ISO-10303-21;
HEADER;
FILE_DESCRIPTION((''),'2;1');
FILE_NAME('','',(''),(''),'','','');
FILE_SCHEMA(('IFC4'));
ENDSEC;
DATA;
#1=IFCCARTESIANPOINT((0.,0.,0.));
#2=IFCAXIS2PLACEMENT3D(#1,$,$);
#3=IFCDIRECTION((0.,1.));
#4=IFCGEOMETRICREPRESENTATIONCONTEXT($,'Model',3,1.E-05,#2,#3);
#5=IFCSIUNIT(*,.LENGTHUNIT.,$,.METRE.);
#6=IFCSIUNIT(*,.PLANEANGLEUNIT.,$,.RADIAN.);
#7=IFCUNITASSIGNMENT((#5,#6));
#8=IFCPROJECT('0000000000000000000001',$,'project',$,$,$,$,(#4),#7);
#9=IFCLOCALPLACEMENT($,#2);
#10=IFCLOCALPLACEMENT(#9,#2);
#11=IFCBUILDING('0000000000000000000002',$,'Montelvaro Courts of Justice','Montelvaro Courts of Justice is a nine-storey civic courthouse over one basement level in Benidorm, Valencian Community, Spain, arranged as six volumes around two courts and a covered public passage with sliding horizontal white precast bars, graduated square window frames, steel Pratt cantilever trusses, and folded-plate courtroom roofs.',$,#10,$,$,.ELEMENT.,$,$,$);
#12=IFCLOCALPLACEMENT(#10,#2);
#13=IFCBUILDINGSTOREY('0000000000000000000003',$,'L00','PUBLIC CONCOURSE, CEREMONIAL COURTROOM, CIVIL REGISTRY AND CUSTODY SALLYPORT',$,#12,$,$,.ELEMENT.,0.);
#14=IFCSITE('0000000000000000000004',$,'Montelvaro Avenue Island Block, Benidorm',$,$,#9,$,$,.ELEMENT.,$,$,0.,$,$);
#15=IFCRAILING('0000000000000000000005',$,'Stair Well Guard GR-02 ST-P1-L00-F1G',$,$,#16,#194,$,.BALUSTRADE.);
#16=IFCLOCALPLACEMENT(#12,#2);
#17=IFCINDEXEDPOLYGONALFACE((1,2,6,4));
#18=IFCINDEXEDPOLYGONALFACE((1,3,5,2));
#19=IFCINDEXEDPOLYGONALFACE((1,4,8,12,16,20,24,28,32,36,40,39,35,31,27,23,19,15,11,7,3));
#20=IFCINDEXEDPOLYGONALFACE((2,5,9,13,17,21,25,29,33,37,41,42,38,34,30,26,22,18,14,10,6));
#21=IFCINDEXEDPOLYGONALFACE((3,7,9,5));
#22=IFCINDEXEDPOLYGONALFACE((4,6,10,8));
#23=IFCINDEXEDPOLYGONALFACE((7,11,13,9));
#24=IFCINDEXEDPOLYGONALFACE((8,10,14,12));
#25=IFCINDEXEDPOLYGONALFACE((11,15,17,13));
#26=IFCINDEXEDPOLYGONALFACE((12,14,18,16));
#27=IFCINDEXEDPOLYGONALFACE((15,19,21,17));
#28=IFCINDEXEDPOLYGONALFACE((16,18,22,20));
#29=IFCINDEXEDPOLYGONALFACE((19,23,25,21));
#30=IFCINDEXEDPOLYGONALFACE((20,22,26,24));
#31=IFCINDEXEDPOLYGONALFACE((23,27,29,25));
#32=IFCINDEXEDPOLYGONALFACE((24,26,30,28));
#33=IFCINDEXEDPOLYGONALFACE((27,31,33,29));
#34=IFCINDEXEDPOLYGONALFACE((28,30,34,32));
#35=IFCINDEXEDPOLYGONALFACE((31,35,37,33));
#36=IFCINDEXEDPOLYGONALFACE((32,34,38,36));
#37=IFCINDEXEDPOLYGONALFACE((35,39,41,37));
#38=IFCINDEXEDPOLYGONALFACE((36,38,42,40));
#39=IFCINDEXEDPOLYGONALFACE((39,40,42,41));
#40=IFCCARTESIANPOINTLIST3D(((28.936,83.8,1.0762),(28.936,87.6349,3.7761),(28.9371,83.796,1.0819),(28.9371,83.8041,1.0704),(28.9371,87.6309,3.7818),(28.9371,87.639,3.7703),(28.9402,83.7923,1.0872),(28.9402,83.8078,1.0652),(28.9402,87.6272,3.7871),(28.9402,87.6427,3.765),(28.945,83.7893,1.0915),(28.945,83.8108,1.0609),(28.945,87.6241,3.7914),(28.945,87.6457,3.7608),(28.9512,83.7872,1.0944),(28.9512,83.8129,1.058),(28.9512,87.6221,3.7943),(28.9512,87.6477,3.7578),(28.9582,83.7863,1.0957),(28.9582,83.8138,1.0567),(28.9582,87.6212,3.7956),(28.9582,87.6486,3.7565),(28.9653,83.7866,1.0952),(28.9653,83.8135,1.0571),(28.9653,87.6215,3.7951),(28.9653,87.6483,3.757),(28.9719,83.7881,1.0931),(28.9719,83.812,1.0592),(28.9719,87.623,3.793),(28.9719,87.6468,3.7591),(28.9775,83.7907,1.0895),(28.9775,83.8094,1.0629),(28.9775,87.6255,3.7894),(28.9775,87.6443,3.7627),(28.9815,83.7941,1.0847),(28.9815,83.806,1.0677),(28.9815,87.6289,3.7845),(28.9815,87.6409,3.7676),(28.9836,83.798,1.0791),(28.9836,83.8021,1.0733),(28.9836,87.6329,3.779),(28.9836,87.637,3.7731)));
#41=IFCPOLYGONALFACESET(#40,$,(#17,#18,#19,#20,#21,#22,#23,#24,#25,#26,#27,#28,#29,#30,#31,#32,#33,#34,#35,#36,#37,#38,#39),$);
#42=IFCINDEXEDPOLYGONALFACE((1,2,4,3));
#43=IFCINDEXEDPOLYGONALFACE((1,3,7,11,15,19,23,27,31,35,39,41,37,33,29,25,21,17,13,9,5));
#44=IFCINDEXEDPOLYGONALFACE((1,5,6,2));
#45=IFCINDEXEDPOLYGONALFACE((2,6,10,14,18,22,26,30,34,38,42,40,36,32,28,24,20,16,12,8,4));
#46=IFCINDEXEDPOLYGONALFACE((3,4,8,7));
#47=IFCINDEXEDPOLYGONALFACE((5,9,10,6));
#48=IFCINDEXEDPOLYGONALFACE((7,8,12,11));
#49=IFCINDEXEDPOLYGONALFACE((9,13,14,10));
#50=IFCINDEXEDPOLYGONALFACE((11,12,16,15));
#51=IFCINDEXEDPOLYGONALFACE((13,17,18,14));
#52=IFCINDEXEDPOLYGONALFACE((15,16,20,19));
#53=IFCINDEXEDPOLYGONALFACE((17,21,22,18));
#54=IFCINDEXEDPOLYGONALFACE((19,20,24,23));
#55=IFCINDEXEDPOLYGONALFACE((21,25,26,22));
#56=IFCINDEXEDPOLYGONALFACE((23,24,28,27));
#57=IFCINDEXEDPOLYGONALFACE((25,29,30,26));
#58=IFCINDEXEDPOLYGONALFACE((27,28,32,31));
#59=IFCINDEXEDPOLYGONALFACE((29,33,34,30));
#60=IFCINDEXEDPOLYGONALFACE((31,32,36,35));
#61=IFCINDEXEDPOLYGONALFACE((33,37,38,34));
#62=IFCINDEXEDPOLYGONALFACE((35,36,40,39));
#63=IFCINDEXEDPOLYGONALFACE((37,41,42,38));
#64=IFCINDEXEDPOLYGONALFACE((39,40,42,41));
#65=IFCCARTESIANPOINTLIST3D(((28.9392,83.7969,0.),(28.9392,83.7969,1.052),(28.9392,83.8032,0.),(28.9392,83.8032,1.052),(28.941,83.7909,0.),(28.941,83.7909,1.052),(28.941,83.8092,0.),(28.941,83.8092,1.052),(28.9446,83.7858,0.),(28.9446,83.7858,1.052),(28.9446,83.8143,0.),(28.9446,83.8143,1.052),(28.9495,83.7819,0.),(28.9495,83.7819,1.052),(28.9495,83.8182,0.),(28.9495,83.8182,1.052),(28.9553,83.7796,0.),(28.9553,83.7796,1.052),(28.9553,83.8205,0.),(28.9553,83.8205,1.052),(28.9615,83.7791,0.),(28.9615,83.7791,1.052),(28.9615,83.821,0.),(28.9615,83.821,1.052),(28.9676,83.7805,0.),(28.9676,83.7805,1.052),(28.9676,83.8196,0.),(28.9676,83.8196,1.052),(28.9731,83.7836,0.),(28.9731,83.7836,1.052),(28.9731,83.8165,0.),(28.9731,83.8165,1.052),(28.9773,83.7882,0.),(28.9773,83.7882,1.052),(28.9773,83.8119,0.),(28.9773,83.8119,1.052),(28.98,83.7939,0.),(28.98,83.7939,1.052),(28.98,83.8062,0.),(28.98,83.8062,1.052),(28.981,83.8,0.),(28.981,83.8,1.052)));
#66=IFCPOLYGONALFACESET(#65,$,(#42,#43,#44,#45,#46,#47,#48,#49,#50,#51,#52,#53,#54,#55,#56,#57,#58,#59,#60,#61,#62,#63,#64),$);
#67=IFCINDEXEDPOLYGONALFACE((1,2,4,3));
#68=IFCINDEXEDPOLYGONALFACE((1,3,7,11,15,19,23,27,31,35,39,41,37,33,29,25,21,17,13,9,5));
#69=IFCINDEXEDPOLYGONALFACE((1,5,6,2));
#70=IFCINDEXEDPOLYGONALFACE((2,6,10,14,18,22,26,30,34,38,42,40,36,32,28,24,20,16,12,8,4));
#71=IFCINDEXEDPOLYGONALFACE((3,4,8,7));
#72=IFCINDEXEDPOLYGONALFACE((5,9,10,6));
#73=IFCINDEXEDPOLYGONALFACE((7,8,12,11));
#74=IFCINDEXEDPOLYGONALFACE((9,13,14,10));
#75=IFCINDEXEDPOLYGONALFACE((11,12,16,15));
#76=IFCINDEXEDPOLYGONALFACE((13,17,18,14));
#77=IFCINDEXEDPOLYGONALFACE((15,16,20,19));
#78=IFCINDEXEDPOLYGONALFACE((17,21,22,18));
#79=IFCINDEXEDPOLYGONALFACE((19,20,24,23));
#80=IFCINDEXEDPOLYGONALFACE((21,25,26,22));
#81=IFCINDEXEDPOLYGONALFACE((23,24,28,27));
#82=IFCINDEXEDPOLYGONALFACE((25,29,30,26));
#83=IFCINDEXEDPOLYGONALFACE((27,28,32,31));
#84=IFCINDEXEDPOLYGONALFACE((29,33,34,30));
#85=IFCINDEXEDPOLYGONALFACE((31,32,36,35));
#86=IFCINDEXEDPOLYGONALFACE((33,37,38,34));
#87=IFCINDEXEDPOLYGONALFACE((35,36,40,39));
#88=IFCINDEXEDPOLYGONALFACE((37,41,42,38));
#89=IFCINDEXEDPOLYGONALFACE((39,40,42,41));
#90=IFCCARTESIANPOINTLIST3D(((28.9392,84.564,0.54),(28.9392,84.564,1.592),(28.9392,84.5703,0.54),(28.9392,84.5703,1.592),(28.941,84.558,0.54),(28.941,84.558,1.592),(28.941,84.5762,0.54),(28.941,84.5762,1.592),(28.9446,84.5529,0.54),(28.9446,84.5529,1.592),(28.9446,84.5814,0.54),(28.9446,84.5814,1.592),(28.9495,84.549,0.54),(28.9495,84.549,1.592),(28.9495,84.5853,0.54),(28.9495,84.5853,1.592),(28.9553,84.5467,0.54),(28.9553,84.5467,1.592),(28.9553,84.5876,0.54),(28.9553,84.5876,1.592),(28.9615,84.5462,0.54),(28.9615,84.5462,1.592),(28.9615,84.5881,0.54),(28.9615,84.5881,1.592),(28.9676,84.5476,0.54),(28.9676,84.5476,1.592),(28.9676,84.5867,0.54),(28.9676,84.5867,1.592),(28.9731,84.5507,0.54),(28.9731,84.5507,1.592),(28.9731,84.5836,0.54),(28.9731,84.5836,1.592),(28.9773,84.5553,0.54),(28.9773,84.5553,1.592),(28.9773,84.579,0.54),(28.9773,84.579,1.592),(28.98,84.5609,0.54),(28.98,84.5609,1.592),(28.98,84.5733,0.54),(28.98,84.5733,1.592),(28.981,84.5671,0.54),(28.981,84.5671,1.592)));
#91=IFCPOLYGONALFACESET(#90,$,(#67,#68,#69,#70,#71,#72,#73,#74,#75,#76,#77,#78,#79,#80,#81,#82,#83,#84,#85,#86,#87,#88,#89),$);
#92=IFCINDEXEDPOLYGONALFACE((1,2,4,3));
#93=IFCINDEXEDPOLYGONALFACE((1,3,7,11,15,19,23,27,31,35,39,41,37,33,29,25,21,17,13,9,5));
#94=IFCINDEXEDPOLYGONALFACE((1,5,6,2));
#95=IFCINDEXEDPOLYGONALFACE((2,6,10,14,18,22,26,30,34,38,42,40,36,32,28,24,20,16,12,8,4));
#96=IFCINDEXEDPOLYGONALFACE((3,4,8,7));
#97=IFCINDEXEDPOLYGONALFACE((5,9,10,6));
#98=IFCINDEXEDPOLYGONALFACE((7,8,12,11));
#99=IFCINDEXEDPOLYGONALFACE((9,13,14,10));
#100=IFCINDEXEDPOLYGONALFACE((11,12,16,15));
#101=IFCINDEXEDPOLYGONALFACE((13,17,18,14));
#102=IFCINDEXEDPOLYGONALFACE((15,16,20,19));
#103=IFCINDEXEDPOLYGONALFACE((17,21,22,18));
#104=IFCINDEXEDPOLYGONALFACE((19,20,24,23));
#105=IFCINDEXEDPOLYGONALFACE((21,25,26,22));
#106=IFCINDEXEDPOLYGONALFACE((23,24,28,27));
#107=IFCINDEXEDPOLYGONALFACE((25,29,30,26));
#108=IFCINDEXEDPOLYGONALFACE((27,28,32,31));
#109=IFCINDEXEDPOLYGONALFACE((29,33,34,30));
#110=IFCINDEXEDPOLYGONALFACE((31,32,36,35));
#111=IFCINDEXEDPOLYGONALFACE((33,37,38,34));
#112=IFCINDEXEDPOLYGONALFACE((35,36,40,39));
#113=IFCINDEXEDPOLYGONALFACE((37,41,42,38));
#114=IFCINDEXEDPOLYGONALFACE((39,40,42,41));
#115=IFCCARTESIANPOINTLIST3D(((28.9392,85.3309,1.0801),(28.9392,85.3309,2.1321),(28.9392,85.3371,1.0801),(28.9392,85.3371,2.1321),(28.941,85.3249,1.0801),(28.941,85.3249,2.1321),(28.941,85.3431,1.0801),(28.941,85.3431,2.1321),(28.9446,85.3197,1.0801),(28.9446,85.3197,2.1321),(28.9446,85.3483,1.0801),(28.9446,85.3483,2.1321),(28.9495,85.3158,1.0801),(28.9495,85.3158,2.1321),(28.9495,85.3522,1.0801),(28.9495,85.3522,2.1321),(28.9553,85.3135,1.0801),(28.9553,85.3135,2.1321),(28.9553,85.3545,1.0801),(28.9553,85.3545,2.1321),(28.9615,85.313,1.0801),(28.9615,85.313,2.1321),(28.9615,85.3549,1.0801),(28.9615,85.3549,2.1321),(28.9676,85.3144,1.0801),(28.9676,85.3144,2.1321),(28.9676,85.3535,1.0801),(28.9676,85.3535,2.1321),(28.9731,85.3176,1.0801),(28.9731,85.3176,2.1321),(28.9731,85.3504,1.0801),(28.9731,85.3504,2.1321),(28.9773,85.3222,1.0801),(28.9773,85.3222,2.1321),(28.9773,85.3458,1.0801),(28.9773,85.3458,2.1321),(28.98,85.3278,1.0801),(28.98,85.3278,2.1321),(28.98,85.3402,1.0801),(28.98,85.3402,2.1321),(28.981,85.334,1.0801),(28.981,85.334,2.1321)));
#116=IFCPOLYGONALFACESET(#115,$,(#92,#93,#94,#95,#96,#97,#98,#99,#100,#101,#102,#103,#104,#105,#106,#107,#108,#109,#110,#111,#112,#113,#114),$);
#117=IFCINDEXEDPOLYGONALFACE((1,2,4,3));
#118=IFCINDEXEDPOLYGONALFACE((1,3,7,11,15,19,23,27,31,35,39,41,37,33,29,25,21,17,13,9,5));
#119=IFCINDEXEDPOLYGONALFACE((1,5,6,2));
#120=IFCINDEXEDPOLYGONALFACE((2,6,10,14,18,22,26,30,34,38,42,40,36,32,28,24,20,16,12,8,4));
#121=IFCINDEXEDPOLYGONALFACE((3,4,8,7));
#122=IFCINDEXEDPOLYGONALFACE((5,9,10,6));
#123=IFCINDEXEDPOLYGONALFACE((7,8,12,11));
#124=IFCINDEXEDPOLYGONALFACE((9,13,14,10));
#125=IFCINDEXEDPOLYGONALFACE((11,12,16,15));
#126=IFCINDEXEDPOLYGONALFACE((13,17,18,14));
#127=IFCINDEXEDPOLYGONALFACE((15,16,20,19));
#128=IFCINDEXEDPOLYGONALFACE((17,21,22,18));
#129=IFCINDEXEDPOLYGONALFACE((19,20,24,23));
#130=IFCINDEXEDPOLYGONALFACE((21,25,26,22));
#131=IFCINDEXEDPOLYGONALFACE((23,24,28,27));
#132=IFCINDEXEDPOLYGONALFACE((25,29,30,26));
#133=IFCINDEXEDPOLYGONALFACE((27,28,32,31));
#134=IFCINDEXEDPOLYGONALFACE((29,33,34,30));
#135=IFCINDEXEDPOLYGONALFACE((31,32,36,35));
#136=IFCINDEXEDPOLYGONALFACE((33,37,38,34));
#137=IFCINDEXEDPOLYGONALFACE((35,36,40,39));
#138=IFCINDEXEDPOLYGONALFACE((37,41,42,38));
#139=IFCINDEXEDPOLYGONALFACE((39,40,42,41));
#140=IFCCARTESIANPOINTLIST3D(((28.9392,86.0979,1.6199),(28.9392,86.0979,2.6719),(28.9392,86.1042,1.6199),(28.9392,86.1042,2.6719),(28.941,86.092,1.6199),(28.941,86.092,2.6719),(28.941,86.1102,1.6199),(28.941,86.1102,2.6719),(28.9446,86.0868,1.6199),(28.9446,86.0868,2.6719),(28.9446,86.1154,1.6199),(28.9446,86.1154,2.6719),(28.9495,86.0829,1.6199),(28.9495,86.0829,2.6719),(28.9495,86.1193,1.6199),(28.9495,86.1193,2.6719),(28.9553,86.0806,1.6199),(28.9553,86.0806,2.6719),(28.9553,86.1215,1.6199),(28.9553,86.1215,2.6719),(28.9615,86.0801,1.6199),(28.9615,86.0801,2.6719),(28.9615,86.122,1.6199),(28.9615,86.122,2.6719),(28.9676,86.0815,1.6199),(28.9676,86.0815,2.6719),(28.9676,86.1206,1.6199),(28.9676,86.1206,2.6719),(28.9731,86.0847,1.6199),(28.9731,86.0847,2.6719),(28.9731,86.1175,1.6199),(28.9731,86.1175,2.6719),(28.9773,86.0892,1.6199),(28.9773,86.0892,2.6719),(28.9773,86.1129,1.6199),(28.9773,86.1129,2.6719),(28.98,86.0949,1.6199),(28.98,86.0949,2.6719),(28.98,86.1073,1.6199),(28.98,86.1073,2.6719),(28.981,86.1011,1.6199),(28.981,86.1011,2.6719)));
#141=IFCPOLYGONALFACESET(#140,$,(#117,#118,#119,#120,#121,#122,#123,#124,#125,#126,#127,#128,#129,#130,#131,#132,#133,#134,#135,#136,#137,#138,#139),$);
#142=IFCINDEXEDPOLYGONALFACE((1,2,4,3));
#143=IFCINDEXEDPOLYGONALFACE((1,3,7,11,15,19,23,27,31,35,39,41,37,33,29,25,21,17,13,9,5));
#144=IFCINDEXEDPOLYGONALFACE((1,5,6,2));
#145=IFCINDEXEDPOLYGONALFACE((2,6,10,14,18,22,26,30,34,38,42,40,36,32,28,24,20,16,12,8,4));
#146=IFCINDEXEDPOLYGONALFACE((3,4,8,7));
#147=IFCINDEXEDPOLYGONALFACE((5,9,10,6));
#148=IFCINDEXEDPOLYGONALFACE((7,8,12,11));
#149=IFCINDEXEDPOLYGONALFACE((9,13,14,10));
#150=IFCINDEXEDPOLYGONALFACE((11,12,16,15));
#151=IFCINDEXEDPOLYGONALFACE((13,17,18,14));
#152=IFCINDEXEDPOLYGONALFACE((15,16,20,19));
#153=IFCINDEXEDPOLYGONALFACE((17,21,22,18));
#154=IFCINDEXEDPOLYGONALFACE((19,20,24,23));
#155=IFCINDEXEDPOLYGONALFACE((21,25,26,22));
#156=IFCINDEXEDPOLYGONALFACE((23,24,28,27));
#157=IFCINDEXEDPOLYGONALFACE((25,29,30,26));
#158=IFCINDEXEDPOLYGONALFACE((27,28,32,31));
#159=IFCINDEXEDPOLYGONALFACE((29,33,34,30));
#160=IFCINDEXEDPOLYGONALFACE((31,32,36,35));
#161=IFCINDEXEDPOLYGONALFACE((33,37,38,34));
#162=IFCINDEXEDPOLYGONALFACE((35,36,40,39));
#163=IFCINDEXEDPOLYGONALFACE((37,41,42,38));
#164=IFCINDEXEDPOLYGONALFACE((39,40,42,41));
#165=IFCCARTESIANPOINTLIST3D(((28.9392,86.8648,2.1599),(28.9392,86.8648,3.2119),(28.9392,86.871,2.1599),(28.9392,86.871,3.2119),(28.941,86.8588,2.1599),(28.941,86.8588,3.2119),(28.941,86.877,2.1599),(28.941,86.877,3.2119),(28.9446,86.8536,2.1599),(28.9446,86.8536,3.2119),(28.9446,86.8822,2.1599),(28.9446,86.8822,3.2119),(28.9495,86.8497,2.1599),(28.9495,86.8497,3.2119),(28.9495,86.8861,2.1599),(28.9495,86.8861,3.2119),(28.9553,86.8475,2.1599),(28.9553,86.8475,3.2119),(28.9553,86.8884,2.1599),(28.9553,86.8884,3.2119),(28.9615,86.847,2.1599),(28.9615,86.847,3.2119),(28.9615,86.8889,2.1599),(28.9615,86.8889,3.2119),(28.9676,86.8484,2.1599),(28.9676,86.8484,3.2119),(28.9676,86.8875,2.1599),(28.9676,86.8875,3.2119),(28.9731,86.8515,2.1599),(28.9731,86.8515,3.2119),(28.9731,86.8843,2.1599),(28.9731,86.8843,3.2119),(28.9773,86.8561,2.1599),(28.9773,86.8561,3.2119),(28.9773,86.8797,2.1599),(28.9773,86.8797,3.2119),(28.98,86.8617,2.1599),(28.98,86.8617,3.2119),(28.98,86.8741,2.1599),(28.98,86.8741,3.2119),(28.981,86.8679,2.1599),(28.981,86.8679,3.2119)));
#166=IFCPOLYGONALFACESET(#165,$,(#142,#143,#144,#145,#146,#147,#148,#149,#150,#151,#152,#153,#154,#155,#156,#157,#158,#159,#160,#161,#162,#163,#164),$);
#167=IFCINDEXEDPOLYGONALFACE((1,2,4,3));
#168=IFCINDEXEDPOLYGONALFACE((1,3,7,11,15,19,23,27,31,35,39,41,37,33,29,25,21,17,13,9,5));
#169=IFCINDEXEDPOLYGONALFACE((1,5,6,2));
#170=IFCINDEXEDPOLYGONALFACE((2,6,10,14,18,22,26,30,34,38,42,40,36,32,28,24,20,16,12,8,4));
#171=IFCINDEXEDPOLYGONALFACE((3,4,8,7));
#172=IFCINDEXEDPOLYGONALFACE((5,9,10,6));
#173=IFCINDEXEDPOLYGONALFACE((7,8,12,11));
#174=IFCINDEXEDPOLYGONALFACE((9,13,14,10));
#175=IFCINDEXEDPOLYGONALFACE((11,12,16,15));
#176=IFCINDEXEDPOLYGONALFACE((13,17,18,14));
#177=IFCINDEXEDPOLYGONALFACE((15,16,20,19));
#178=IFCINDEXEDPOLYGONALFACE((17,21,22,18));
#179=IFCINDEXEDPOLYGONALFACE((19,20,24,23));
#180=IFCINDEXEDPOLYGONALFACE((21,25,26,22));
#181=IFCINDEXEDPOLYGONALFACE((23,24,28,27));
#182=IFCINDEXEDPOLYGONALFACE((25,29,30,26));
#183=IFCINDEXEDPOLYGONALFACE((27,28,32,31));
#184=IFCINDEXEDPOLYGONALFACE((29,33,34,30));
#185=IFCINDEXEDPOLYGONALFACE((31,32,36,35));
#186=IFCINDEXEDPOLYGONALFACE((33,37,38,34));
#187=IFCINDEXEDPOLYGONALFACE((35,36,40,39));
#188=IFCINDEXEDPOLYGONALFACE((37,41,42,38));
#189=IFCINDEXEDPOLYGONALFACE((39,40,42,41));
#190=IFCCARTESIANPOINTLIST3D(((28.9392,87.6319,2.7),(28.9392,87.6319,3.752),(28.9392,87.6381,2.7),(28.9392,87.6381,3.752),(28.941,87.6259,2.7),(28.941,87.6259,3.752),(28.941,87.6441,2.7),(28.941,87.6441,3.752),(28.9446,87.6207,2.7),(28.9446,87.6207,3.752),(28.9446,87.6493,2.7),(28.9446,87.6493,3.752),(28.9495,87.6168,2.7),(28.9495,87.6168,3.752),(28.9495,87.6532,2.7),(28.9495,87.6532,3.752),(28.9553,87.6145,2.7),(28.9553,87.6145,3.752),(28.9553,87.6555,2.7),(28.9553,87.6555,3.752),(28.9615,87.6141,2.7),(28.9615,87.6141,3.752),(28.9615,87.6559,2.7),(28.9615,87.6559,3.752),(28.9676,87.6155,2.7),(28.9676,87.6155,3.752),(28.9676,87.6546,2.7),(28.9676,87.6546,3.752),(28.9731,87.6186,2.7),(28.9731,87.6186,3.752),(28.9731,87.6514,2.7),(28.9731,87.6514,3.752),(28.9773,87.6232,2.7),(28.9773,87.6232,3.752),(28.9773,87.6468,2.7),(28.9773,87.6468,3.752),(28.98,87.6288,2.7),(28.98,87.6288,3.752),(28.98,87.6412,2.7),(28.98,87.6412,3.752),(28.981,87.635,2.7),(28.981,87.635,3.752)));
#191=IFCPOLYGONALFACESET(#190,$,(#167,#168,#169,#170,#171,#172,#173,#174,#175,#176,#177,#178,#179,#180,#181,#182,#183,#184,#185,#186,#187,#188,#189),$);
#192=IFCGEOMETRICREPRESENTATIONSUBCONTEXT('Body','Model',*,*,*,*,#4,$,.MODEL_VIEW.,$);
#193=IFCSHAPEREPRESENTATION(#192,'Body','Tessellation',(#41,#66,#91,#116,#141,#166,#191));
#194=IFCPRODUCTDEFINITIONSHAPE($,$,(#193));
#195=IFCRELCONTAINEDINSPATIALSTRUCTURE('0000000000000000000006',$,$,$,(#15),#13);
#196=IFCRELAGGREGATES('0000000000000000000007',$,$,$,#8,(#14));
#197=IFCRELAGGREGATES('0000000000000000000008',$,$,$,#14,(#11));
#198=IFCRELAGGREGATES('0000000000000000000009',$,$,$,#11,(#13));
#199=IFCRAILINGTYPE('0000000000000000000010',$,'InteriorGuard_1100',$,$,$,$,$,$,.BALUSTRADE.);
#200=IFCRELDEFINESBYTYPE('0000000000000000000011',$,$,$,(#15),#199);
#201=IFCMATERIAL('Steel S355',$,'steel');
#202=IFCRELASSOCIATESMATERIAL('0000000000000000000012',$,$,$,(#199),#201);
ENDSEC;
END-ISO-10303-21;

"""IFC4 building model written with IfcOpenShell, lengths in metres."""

from ifc_helpers import new_model, si_unit, direction, frame, origin, origin_2d, place, context, subcontext, project, spatial, circle, extrude, material, type_object, element, save


model = new_model("IFC4")

# Units and contexts
model_context = context("Model", 3, precision=1e-05, world=origin(), true_north=direction((0.0, 1.0)))
body_context = subcontext(model_context, "Body", "Model", "MODEL_VIEW")
ifc_project = project(units=[si_unit("LENGTHUNIT", "METRE"), si_unit("PLANEANGLEUNIT", "RADIAN")], contexts=[model_context])

# Site, building, storey
site_placement = place(None, origin())
site = spatial("IfcSite", under=ifc_project, at=site_placement, Name="Montelvaro Avenue Island Block, Benidorm", CompositionType="ELEMENT", RefElevation=0.0)
building_placement = place(site_placement, origin())
building = spatial("IfcBuilding", under=site, at=building_placement, Name="Montelvaro Courts of Justice", Description="Montelvaro Courts of Justice is a nine-storey civic courthouse over one basement level in Benidorm, Valencian Community, Spain, arranged as six volumes around two courts and a covered public passage with sliding horizontal white precast bars, graduated square window frames, steel Pratt cantilever trusses, and folded-plate courtroom roofs.", CompositionType="ELEMENT")
storey_placement = place(building_placement, origin())
storey = spatial("IfcBuildingStorey", under=building, at=storey_placement, Name="L00", Description="PUBLIC CONCOURSE, CEREMONIAL COURTROOM, CIVIL REGISTRY AND CUSTODY SALLYPORT", CompositionType="ELEMENT", Elevation=0.0)

# Shared definitions
ifc_material_1 = material(Name="Steel S355", Category="steel")

# Railing
railing_type_1 = type_object("IfcRailingType", Name="InteriorGuard_1100", PredefinedType="BALUSTRADE", material=ifc_material_1)
railing_1_placement = place(storey_placement, frame((28.96, 83.8, 0.0)))
element("IfcRailing", 1, at=railing_1_placement, inside=storey, type_object=railing_type_1, Name="Stair Well Guard GR-02 ST-P1-L00-F1G", PredefinedType="BALUSTRADE", context=body_context, shape_type="SweptSolid", body=[
    extrude(circle(Radius=0.0239, at=origin_2d()), frame((0.0, 0.0, 1.0762), z_axis=(0.0, 0.817678, 0.575675), x_axis=(-1.0, 0.0, 0.0)), (0.0, 0.0, 1.0), 4.6899),
    extrude(circle(Radius=0.021, at=origin_2d()), origin(), (0.0, 0.0, 1.0), 1.052),
    extrude(circle(Radius=0.021, at=origin_2d()), frame((0.0, 0.7671, 0.54)), (0.0, 0.0, 1.0), 1.052),
    extrude(circle(Radius=0.021, at=origin_2d()), frame((0.0, 1.5339, 1.0801)), (0.0, 0.0, 1.0), 1.052),
    extrude(circle(Radius=0.021, at=origin_2d()), frame((0.0, 2.301, 1.6199)), (0.0, 0.0, 1.0), 1.052),
    extrude(circle(Radius=0.021, at=origin_2d()), frame((0.0, 3.0679, 2.1599)), (0.0, 0.0, 1.0), 1.052),
    extrude(circle(Radius=0.021, at=origin_2d()), frame((0.0, 3.835, 2.7)), (0.0, 0.0, 1.0), 1.052),
])

save(model, "model.ifc")
